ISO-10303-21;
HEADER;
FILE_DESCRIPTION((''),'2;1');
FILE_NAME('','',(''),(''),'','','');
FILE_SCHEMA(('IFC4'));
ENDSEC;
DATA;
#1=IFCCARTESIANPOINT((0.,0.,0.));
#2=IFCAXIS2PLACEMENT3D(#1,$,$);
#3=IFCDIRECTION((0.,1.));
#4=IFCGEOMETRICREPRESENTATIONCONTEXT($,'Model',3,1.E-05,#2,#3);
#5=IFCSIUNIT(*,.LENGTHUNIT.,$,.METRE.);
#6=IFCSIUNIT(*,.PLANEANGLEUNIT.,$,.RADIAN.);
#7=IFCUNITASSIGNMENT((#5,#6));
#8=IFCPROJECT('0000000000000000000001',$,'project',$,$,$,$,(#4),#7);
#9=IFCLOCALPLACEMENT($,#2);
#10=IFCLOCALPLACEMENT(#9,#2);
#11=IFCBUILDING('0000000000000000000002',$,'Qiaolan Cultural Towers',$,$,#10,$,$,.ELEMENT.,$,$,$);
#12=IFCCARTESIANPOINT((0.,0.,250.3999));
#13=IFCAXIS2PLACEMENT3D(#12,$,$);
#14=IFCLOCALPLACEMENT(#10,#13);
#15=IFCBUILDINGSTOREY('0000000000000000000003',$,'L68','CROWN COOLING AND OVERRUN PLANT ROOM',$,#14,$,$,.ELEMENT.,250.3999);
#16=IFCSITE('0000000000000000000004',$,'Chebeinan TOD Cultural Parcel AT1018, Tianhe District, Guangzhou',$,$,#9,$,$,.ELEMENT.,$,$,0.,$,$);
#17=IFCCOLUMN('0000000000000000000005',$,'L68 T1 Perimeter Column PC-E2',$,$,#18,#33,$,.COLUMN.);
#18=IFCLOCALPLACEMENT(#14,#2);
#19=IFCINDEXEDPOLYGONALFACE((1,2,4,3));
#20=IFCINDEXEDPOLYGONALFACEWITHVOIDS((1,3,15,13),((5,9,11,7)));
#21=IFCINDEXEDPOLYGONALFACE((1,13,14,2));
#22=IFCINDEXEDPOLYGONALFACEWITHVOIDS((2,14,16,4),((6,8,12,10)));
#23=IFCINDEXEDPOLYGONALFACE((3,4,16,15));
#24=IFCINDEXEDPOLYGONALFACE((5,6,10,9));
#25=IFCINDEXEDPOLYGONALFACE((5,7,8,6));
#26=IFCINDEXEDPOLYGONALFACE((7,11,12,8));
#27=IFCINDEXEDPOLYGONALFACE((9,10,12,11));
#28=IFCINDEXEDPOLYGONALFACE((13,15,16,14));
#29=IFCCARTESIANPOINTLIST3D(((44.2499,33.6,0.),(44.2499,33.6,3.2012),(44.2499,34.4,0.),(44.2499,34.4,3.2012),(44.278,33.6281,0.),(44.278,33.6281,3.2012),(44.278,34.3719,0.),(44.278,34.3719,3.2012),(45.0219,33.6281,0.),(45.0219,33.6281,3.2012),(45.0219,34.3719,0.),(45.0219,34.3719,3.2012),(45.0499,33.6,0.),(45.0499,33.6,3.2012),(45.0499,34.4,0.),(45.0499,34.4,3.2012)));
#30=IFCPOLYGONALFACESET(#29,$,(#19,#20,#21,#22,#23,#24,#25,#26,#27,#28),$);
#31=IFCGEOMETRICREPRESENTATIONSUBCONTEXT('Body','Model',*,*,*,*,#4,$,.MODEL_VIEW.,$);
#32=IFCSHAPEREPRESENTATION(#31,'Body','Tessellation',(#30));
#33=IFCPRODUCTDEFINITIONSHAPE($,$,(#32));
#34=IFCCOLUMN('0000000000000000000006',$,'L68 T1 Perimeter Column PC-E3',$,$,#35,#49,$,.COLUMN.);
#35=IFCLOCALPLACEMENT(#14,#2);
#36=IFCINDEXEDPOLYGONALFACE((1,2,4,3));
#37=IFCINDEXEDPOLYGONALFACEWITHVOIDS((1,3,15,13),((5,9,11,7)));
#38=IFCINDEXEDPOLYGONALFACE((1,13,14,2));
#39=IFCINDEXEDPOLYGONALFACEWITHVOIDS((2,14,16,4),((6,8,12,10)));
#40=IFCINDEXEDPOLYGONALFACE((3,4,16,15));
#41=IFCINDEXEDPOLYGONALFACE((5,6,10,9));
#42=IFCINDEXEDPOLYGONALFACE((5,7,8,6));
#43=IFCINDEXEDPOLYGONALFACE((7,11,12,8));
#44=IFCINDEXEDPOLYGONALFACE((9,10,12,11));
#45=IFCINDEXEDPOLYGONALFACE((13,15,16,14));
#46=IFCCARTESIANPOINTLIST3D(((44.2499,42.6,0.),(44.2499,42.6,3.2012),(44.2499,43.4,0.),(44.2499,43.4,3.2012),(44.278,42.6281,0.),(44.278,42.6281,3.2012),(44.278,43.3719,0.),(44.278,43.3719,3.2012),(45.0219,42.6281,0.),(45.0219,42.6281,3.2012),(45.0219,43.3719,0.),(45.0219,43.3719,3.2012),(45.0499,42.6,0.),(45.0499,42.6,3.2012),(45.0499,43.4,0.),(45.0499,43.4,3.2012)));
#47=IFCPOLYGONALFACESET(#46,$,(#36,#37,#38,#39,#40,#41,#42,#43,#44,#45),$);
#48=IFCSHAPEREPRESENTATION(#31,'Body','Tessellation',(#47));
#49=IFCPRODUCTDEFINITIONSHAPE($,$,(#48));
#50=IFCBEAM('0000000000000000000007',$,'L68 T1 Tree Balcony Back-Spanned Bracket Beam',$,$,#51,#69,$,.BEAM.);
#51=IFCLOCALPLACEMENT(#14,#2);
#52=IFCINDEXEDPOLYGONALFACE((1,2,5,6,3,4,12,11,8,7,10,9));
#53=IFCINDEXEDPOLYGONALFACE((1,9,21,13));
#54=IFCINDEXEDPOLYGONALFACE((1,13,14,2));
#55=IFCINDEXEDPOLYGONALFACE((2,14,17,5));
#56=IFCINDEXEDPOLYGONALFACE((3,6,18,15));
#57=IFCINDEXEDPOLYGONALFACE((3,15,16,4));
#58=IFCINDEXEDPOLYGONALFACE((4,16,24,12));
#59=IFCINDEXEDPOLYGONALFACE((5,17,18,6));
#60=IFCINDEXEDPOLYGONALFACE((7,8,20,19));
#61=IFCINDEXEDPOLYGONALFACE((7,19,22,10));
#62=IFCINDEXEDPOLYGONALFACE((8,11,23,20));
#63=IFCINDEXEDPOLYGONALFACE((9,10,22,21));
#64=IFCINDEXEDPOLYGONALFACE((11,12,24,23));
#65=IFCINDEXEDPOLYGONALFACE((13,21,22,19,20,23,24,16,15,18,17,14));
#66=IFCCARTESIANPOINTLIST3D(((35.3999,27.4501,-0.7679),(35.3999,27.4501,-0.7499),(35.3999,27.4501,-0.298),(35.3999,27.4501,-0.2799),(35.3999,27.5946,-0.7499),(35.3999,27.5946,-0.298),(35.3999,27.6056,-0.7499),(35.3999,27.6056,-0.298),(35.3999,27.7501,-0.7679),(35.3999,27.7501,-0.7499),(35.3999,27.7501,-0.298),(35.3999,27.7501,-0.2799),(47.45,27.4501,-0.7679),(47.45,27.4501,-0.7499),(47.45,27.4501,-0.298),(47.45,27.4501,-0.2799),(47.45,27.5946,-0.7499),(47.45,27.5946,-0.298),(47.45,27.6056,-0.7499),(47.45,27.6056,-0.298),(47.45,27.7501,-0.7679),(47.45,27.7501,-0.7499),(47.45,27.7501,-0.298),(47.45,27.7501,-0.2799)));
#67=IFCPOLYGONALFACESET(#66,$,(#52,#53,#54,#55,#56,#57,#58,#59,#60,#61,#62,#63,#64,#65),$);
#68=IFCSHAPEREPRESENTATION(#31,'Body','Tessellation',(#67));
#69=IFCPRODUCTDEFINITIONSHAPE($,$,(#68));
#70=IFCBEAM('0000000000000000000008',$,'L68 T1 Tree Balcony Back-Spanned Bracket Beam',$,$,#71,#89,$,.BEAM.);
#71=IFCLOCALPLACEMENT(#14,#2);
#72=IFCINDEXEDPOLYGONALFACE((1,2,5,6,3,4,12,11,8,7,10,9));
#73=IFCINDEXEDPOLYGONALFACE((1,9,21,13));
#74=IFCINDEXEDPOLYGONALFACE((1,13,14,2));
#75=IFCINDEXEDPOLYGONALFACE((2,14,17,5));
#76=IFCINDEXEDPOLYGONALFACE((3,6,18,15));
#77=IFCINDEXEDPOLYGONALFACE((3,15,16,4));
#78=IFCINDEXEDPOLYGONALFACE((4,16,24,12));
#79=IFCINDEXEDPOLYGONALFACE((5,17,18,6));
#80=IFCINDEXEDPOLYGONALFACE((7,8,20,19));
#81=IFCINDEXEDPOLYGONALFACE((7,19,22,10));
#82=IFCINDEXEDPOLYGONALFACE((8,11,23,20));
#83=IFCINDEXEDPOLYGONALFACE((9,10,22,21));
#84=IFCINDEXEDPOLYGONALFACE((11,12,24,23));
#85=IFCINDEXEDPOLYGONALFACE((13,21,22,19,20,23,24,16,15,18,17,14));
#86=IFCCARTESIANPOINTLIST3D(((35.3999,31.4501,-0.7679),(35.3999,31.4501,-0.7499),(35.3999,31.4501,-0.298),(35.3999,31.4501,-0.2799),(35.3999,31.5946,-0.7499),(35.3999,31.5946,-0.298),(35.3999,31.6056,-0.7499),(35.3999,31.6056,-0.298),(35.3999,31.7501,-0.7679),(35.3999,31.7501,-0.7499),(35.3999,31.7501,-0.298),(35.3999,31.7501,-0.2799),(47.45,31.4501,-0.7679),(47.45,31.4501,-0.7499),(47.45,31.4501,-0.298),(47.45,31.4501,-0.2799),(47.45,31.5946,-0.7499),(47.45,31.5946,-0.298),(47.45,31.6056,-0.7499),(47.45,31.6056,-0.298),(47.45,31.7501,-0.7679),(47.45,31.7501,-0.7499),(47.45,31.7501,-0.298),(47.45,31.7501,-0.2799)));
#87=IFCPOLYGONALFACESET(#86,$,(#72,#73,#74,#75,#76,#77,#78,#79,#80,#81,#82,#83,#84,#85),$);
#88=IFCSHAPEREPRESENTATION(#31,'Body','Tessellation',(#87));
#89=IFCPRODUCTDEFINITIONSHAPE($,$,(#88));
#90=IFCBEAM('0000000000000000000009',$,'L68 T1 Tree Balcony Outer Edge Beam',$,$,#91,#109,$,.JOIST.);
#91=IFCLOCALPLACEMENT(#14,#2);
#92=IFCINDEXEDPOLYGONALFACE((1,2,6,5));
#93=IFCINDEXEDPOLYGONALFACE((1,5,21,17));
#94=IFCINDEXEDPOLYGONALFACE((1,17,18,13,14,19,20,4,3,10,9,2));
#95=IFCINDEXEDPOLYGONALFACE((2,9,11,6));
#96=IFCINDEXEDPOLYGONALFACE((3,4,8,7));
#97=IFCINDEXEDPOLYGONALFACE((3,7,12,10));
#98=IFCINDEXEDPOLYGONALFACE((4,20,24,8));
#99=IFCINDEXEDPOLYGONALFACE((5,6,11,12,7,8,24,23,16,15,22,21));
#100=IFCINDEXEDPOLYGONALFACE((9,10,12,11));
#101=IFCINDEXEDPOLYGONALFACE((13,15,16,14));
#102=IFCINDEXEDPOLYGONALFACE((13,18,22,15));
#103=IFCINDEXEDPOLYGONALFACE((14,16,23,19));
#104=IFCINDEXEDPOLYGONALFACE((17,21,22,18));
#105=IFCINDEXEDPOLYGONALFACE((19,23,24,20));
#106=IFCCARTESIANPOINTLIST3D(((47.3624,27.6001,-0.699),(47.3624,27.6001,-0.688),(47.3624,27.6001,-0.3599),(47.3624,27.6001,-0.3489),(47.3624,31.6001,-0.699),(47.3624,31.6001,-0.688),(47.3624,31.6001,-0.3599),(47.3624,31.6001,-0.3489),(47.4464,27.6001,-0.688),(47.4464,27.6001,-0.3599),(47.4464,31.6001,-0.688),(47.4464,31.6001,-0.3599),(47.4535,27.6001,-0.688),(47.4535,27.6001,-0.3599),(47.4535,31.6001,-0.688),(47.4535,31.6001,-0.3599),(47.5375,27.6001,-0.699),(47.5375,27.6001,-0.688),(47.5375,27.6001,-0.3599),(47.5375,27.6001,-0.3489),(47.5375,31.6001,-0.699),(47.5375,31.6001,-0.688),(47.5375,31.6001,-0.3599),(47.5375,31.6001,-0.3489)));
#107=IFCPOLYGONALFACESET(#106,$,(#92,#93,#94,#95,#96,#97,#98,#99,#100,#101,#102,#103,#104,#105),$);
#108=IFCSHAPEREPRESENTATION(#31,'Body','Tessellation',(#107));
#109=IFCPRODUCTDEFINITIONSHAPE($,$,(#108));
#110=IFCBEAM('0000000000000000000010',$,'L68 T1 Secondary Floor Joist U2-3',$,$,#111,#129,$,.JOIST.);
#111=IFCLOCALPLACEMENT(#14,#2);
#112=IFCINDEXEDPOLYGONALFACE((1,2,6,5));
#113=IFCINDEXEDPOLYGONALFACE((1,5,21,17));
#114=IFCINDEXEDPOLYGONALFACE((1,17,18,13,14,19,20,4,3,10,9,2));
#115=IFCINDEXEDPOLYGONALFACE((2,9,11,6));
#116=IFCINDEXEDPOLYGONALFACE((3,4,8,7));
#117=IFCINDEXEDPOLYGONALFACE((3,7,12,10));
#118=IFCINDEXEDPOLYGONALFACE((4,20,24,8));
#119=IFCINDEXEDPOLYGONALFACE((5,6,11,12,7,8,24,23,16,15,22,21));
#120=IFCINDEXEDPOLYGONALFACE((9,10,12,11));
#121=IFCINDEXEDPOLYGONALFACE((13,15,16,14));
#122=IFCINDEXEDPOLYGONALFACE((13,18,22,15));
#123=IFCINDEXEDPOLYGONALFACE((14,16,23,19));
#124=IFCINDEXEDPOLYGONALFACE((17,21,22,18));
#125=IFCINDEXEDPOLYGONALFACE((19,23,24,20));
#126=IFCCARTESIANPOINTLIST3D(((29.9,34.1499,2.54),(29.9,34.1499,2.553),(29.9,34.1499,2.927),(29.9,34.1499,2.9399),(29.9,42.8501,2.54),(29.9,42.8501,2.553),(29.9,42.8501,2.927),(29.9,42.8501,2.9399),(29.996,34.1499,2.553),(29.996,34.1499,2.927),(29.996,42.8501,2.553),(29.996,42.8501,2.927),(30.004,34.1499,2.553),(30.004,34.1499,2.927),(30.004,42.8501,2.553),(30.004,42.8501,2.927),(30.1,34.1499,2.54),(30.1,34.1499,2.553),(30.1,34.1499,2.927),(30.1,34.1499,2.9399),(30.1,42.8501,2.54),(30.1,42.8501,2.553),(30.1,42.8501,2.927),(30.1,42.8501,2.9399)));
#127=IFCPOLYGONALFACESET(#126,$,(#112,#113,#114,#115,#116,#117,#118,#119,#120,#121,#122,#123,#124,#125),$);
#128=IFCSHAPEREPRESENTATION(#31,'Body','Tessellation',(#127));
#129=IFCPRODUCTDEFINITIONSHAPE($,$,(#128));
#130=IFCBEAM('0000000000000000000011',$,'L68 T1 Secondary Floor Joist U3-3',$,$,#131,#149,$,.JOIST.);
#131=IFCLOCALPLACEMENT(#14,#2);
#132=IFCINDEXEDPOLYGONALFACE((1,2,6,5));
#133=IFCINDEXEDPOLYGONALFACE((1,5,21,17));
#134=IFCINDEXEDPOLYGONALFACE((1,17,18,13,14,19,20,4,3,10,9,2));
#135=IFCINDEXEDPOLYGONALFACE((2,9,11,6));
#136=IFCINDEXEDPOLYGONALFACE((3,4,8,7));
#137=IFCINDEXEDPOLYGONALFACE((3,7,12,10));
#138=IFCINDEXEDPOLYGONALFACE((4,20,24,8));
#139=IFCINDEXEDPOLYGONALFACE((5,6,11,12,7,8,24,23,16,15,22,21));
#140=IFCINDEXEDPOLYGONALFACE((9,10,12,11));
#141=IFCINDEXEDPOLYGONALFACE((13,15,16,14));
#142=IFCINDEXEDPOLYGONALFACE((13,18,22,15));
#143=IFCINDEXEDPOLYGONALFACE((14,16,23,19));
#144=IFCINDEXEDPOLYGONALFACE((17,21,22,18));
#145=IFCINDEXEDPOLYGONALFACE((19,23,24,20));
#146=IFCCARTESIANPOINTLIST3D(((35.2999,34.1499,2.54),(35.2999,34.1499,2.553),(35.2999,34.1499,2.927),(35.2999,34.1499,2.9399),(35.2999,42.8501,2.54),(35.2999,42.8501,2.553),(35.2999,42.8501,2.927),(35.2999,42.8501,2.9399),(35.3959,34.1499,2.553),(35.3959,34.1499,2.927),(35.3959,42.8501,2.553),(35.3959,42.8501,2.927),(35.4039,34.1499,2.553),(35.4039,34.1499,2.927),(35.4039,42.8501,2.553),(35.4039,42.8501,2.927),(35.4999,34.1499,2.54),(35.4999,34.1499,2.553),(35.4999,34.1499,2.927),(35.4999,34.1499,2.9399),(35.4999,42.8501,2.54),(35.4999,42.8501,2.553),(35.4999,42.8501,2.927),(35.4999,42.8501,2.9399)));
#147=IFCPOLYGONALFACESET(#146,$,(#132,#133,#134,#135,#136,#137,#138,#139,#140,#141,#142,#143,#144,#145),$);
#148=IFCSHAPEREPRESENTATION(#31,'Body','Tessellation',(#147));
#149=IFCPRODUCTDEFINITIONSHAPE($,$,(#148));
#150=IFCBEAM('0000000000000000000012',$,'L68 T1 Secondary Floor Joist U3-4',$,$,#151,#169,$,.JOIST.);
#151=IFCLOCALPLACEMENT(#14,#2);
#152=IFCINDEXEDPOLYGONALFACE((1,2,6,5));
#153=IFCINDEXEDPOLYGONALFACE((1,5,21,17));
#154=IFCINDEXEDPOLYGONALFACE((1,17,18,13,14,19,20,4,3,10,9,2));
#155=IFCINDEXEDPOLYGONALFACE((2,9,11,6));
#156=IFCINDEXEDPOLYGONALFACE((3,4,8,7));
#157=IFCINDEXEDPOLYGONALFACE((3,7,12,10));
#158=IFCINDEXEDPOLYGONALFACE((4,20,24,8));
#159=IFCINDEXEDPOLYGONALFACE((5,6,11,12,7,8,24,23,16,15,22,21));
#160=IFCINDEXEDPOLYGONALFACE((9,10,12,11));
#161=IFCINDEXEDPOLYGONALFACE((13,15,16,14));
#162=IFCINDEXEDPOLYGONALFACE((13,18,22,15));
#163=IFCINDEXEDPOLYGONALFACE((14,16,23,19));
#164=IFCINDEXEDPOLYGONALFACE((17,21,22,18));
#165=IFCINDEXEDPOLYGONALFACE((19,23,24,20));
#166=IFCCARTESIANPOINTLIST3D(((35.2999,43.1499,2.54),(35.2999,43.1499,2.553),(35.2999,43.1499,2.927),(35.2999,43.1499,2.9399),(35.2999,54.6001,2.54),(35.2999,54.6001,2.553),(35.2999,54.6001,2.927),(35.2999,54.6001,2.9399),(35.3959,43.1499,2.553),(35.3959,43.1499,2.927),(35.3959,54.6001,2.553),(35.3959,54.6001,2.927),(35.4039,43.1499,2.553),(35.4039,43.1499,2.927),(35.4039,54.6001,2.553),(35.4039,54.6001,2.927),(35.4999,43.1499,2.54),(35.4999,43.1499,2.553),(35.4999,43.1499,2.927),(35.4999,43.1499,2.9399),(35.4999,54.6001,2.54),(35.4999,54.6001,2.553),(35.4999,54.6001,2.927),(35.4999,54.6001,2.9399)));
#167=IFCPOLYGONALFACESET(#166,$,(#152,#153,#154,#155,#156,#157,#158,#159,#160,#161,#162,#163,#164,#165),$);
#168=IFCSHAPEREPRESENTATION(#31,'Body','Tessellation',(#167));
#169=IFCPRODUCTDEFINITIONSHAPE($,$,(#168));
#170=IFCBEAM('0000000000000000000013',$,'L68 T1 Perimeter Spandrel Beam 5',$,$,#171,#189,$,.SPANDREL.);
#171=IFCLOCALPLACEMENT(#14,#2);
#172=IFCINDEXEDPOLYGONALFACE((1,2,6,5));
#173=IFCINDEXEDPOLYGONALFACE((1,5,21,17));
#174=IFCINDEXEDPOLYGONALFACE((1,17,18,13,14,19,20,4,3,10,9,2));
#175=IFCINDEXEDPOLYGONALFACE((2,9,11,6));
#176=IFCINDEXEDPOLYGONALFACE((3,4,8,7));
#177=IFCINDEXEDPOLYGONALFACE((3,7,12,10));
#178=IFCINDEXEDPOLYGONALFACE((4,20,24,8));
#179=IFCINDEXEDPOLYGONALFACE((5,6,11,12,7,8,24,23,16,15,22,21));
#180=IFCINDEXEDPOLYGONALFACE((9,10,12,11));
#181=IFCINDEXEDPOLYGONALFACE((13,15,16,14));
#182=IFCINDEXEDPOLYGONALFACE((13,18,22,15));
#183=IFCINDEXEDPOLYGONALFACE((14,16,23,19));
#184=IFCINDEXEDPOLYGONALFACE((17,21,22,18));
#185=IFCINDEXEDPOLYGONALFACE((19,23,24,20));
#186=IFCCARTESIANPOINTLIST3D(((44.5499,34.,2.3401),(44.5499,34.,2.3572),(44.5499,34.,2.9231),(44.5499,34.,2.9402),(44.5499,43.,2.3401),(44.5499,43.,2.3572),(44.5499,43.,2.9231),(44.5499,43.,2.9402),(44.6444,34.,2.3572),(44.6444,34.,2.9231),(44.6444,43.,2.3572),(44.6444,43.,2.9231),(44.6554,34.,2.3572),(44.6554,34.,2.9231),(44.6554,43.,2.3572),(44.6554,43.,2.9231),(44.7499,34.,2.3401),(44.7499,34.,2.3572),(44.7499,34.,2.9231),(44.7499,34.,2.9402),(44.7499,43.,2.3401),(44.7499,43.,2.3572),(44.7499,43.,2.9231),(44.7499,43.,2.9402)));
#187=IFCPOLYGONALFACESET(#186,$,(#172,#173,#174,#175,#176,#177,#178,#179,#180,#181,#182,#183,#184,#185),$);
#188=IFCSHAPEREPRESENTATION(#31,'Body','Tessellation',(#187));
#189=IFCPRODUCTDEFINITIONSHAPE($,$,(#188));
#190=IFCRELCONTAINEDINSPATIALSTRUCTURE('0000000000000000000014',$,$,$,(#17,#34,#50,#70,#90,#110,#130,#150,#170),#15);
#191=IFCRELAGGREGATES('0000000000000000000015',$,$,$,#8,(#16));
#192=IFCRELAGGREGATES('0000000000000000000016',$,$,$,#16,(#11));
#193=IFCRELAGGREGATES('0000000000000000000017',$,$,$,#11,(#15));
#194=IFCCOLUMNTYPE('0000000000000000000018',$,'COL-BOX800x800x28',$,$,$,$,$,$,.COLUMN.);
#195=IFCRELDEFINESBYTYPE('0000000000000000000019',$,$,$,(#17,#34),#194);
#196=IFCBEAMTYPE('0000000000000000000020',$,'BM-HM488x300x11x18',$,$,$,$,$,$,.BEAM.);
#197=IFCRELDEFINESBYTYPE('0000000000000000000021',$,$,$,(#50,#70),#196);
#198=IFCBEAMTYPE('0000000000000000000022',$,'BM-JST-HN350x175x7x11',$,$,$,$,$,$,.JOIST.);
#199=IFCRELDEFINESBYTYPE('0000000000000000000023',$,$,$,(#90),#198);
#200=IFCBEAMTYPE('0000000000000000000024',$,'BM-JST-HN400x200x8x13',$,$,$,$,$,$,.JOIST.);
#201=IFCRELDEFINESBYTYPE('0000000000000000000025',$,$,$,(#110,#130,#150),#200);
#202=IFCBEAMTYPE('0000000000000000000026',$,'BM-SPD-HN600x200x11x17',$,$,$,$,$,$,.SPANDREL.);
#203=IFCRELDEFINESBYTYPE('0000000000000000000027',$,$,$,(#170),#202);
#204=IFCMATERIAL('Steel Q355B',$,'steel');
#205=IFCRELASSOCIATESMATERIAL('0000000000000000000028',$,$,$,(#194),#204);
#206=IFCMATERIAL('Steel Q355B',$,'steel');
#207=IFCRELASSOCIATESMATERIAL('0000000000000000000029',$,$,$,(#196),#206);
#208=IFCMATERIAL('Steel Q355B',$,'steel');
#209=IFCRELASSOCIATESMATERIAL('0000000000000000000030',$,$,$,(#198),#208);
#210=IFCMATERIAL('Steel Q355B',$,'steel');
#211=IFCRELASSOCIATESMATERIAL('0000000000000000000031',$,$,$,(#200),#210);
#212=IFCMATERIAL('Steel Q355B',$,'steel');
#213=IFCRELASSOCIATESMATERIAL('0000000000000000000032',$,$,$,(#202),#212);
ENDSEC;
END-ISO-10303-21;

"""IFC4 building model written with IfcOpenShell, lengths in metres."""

from ifc_helpers import new_model, si_unit, direction, frame, origin, origin_2d, place, context, subcontext, project, spatial, hollow_rectangle, i_section, extrude, material, material_profile, profile_set, type_object, element, save


model = new_model("IFC4")

# Units and contexts
model_context = context("Model", 3, precision=1e-05, world=origin(), true_north=direction((0.0, 1.0)))
body_context = subcontext(model_context, "Body", "Model", "MODEL_VIEW")
ifc_project = project(units=[si_unit("LENGTHUNIT", "METRE"), si_unit("PLANEANGLEUNIT", "RADIAN")], contexts=[model_context])

# Site, building, storey
site_placement = place(None, origin())
site = spatial("IfcSite", under=ifc_project, at=site_placement, Name="Chebeinan TOD Cultural Parcel AT1018, Tianhe District, Guangzhou", CompositionType="ELEMENT", RefElevation=0.0)
building_placement = place(site_placement, origin())
building = spatial("IfcBuilding", under=site, at=building_placement, Name="Qiaolan Cultural Towers", CompositionType="ELEMENT")
storey_placement = place(building_placement, frame((0.0, 0.0, 250.3999)))
storey = spatial("IfcBuildingStorey", under=building, at=storey_placement, Name="L68", Description="CROWN COOLING AND OVERRUN PLANT ROOM", CompositionType="ELEMENT", Elevation=250.3999)

# Columns
ifc_material_1 = material(Name="Steel Q355B", Category="steel")
ifc_material_profile_1 = material_profile(ifc_material_1, hollow_rectangle(XDim=0.8, YDim=0.8, WallThickness=0.0281, at=origin_2d()), Name="BOX800x800x28")
ifc_profile_set_1 = profile_set([ifc_material_profile_1], Name="Steel Q355B")
column_type = type_object("IfcColumnType", Name="COL-BOX800x800x28", PredefinedType="COLUMN", material=ifc_profile_set_1)
for number, where, z_axis, x_axis, name in (
    (1, (44.6499, 34.0, 0.0), (0.0, 0.0, 1.0), (1.0, 0.0, 0.0), "L68 T1 Perimeter Column PC-E2"),
    (2, (44.6499, 43.0, 0.0), (0.0, 0.0, 1.0), (1.0, 0.0, 0.0), "L68 T1 Perimeter Column PC-E3"),
):
    element("IfcColumn", number, at=place(storey_placement, frame(where, z_axis=z_axis, x_axis=x_axis)), inside=storey, type_object=column_type, Name=name, PredefinedType="COLUMN", context=body_context, shape_type="SweptSolid", body=[
        extrude(hollow_rectangle(XDim=0.8, YDim=0.8, WallThickness=0.0281, at=origin_2d()), origin(), (0.0, 0.0, 1.0), 3.2012),
    ])

# Beams
ifc_material_2 = material(Name="Steel Q355B", Category="steel")
ifc_material_profile_2 = material_profile(ifc_material_2, i_section(OverallWidth=0.3, OverallDepth=0.488, WebThickness=0.011, FlangeThickness=0.0181, at=origin_2d()), Name="HM488x300x11x18")
ifc_profile_set_2 = profile_set([ifc_material_profile_2], Name="Steel Q355B")
beam_type_1 = type_object("IfcBeamType", Name="BM-HM488x300x11x18", PredefinedType="BEAM", material=ifc_profile_set_2)
for number, where, z_axis, x_axis, name in (
    (3, (35.3999, 27.6001, -0.5239), (1.0, 0.0, 0.0), (0.0, 1.0, 0.0), "L68 T1 Tree Balcony Back-Spanned Bracket Beam"),
    (4, (35.3999, 31.6001, -0.5239), (1.0, 0.0, 0.0), (0.0, 1.0, 0.0), "L68 T1 Tree Balcony Back-Spanned Bracket Beam"),
):
    element("IfcBeam", number, at=place(storey_placement, frame(where, z_axis=z_axis, x_axis=x_axis)), inside=storey, type_object=beam_type_1, Name=name, PredefinedType="BEAM", context=body_context, shape_type="SweptSolid", body=[
        extrude(i_section(OverallWidth=0.3, OverallDepth=0.488, WebThickness=0.011, FlangeThickness=0.0181, at=origin_2d()), origin(), (0.0, 0.0, 1.0), 12.05),
    ])
ifc_material_3 = material(Name="Steel Q355B", Category="steel")
ifc_material_profile_3 = material_profile(ifc_material_3, i_section(OverallWidth=0.175, OverallDepth=0.3501, WebThickness=0.0071, FlangeThickness=0.011, at=origin_2d()), Name="HN350x175x7x11")
ifc_profile_set_3 = profile_set([ifc_material_profile_3], Name="Steel Q355B")
beam_type_2 = type_object("IfcBeamType", Name="BM-JST-HN350x175x7x11", PredefinedType="JOIST", material=ifc_profile_set_3)
beam_1_placement = place(storey_placement, frame((47.45, 27.6001, -0.5239), z_axis=(0.0, 1.0, 0.0), x_axis=(-1.0, 0.0, 0.0)))
element("IfcBeam", 5, at=beam_1_placement, inside=storey, type_object=beam_type_2, Name="L68 T1 Tree Balcony Outer Edge Beam", PredefinedType="JOIST", context=body_context, shape_type="SweptSolid", body=[
    extrude(i_section(OverallWidth=0.175, OverallDepth=0.3501, WebThickness=0.0071, FlangeThickness=0.011, at=origin_2d()), origin(), (0.0, 0.0, 1.0), 4.0),
])
ifc_material_4 = material(Name="Steel Q355B", Category="steel")
ifc_material_profile_4 = material_profile(ifc_material_4, i_section(OverallWidth=0.2, OverallDepth=0.3999, WebThickness=0.0081, FlangeThickness=0.0129, at=origin_2d()), Name="HN400x200x8x13")
ifc_profile_set_4 = profile_set([ifc_material_profile_4], Name="Steel Q355B")
beam_type_3 = type_object("IfcBeamType", Name="BM-JST-HN400x200x8x13", PredefinedType="JOIST", material=ifc_profile_set_4)
for number, where, z_axis, x_axis, name in (
    (6, (30.0, 34.1499, 2.74), (0.0, 1.0, 0.0), (-1.0, 0.0, 0.0), "L68 T1 Secondary Floor Joist U2-3"),
    (7, (35.3999, 34.1499, 2.74), (0.0, 1.0, 0.0), (-1.0, 0.0, 0.0), "L68 T1 Secondary Floor Joist U3-3"),
):
    element("IfcBeam", number, at=place(storey_placement, frame(where, z_axis=z_axis, x_axis=x_axis)), inside=storey, type_object=beam_type_3, Name=name, PredefinedType="JOIST", context=body_context, shape_type="SweptSolid", body=[
        extrude(i_section(OverallWidth=0.2, OverallDepth=0.3999, WebThickness=0.0081, FlangeThickness=0.0129, at=origin_2d()), origin(), (0.0, 0.0, 1.0), 8.7002),
    ])
beam_2_placement = place(storey_placement, frame((35.3999, 43.1499, 2.74), z_axis=(0.0, 1.0, 0.0), x_axis=(-1.0, 0.0, 0.0)))
element("IfcBeam", 8, at=beam_2_placement, inside=storey, type_object=beam_type_3, Name="L68 T1 Secondary Floor Joist U3-4", PredefinedType="JOIST", context=body_context, shape_type="SweptSolid", body=[
    extrude(i_section(OverallWidth=0.2, OverallDepth=0.3999, WebThickness=0.0081, FlangeThickness=0.0129, at=origin_2d()), origin(), (0.0, 0.0, 1.0), 11.4502),
])
ifc_material_5 = material(Name="Steel Q355B", Category="steel")
ifc_material_profile_5 = material_profile(ifc_material_5, i_section(OverallWidth=0.2, OverallDepth=0.6001, WebThickness=0.011, FlangeThickness=0.0171, at=origin_2d()), Name="HN600x200x11x17")
ifc_profile_set_5 = profile_set([ifc_material_profile_5], Name="Steel Q355B")
beam_type_4 = type_object("IfcBeamType", Name="BM-SPD-HN600x200x11x17", PredefinedType="SPANDREL", material=ifc_profile_set_5)
beam_3_placement = place(storey_placement, frame((44.6499, 34.0, 2.6401), z_axis=(0.0, 1.0, 0.0), x_axis=(-1.0, 0.0, 0.0)))
element("IfcBeam", 9, at=beam_3_placement, inside=storey, type_object=beam_type_4, Name="L68 T1 Perimeter Spandrel Beam 5", PredefinedType="SPANDREL", context=body_context, shape_type="SweptSolid", body=[
    extrude(i_section(OverallWidth=0.2, OverallDepth=0.6001, WebThickness=0.011, FlangeThickness=0.0171, at=origin_2d()), origin(), (0.0, 0.0, 1.0), 9.0),
])

save(model, "model.ifc")
